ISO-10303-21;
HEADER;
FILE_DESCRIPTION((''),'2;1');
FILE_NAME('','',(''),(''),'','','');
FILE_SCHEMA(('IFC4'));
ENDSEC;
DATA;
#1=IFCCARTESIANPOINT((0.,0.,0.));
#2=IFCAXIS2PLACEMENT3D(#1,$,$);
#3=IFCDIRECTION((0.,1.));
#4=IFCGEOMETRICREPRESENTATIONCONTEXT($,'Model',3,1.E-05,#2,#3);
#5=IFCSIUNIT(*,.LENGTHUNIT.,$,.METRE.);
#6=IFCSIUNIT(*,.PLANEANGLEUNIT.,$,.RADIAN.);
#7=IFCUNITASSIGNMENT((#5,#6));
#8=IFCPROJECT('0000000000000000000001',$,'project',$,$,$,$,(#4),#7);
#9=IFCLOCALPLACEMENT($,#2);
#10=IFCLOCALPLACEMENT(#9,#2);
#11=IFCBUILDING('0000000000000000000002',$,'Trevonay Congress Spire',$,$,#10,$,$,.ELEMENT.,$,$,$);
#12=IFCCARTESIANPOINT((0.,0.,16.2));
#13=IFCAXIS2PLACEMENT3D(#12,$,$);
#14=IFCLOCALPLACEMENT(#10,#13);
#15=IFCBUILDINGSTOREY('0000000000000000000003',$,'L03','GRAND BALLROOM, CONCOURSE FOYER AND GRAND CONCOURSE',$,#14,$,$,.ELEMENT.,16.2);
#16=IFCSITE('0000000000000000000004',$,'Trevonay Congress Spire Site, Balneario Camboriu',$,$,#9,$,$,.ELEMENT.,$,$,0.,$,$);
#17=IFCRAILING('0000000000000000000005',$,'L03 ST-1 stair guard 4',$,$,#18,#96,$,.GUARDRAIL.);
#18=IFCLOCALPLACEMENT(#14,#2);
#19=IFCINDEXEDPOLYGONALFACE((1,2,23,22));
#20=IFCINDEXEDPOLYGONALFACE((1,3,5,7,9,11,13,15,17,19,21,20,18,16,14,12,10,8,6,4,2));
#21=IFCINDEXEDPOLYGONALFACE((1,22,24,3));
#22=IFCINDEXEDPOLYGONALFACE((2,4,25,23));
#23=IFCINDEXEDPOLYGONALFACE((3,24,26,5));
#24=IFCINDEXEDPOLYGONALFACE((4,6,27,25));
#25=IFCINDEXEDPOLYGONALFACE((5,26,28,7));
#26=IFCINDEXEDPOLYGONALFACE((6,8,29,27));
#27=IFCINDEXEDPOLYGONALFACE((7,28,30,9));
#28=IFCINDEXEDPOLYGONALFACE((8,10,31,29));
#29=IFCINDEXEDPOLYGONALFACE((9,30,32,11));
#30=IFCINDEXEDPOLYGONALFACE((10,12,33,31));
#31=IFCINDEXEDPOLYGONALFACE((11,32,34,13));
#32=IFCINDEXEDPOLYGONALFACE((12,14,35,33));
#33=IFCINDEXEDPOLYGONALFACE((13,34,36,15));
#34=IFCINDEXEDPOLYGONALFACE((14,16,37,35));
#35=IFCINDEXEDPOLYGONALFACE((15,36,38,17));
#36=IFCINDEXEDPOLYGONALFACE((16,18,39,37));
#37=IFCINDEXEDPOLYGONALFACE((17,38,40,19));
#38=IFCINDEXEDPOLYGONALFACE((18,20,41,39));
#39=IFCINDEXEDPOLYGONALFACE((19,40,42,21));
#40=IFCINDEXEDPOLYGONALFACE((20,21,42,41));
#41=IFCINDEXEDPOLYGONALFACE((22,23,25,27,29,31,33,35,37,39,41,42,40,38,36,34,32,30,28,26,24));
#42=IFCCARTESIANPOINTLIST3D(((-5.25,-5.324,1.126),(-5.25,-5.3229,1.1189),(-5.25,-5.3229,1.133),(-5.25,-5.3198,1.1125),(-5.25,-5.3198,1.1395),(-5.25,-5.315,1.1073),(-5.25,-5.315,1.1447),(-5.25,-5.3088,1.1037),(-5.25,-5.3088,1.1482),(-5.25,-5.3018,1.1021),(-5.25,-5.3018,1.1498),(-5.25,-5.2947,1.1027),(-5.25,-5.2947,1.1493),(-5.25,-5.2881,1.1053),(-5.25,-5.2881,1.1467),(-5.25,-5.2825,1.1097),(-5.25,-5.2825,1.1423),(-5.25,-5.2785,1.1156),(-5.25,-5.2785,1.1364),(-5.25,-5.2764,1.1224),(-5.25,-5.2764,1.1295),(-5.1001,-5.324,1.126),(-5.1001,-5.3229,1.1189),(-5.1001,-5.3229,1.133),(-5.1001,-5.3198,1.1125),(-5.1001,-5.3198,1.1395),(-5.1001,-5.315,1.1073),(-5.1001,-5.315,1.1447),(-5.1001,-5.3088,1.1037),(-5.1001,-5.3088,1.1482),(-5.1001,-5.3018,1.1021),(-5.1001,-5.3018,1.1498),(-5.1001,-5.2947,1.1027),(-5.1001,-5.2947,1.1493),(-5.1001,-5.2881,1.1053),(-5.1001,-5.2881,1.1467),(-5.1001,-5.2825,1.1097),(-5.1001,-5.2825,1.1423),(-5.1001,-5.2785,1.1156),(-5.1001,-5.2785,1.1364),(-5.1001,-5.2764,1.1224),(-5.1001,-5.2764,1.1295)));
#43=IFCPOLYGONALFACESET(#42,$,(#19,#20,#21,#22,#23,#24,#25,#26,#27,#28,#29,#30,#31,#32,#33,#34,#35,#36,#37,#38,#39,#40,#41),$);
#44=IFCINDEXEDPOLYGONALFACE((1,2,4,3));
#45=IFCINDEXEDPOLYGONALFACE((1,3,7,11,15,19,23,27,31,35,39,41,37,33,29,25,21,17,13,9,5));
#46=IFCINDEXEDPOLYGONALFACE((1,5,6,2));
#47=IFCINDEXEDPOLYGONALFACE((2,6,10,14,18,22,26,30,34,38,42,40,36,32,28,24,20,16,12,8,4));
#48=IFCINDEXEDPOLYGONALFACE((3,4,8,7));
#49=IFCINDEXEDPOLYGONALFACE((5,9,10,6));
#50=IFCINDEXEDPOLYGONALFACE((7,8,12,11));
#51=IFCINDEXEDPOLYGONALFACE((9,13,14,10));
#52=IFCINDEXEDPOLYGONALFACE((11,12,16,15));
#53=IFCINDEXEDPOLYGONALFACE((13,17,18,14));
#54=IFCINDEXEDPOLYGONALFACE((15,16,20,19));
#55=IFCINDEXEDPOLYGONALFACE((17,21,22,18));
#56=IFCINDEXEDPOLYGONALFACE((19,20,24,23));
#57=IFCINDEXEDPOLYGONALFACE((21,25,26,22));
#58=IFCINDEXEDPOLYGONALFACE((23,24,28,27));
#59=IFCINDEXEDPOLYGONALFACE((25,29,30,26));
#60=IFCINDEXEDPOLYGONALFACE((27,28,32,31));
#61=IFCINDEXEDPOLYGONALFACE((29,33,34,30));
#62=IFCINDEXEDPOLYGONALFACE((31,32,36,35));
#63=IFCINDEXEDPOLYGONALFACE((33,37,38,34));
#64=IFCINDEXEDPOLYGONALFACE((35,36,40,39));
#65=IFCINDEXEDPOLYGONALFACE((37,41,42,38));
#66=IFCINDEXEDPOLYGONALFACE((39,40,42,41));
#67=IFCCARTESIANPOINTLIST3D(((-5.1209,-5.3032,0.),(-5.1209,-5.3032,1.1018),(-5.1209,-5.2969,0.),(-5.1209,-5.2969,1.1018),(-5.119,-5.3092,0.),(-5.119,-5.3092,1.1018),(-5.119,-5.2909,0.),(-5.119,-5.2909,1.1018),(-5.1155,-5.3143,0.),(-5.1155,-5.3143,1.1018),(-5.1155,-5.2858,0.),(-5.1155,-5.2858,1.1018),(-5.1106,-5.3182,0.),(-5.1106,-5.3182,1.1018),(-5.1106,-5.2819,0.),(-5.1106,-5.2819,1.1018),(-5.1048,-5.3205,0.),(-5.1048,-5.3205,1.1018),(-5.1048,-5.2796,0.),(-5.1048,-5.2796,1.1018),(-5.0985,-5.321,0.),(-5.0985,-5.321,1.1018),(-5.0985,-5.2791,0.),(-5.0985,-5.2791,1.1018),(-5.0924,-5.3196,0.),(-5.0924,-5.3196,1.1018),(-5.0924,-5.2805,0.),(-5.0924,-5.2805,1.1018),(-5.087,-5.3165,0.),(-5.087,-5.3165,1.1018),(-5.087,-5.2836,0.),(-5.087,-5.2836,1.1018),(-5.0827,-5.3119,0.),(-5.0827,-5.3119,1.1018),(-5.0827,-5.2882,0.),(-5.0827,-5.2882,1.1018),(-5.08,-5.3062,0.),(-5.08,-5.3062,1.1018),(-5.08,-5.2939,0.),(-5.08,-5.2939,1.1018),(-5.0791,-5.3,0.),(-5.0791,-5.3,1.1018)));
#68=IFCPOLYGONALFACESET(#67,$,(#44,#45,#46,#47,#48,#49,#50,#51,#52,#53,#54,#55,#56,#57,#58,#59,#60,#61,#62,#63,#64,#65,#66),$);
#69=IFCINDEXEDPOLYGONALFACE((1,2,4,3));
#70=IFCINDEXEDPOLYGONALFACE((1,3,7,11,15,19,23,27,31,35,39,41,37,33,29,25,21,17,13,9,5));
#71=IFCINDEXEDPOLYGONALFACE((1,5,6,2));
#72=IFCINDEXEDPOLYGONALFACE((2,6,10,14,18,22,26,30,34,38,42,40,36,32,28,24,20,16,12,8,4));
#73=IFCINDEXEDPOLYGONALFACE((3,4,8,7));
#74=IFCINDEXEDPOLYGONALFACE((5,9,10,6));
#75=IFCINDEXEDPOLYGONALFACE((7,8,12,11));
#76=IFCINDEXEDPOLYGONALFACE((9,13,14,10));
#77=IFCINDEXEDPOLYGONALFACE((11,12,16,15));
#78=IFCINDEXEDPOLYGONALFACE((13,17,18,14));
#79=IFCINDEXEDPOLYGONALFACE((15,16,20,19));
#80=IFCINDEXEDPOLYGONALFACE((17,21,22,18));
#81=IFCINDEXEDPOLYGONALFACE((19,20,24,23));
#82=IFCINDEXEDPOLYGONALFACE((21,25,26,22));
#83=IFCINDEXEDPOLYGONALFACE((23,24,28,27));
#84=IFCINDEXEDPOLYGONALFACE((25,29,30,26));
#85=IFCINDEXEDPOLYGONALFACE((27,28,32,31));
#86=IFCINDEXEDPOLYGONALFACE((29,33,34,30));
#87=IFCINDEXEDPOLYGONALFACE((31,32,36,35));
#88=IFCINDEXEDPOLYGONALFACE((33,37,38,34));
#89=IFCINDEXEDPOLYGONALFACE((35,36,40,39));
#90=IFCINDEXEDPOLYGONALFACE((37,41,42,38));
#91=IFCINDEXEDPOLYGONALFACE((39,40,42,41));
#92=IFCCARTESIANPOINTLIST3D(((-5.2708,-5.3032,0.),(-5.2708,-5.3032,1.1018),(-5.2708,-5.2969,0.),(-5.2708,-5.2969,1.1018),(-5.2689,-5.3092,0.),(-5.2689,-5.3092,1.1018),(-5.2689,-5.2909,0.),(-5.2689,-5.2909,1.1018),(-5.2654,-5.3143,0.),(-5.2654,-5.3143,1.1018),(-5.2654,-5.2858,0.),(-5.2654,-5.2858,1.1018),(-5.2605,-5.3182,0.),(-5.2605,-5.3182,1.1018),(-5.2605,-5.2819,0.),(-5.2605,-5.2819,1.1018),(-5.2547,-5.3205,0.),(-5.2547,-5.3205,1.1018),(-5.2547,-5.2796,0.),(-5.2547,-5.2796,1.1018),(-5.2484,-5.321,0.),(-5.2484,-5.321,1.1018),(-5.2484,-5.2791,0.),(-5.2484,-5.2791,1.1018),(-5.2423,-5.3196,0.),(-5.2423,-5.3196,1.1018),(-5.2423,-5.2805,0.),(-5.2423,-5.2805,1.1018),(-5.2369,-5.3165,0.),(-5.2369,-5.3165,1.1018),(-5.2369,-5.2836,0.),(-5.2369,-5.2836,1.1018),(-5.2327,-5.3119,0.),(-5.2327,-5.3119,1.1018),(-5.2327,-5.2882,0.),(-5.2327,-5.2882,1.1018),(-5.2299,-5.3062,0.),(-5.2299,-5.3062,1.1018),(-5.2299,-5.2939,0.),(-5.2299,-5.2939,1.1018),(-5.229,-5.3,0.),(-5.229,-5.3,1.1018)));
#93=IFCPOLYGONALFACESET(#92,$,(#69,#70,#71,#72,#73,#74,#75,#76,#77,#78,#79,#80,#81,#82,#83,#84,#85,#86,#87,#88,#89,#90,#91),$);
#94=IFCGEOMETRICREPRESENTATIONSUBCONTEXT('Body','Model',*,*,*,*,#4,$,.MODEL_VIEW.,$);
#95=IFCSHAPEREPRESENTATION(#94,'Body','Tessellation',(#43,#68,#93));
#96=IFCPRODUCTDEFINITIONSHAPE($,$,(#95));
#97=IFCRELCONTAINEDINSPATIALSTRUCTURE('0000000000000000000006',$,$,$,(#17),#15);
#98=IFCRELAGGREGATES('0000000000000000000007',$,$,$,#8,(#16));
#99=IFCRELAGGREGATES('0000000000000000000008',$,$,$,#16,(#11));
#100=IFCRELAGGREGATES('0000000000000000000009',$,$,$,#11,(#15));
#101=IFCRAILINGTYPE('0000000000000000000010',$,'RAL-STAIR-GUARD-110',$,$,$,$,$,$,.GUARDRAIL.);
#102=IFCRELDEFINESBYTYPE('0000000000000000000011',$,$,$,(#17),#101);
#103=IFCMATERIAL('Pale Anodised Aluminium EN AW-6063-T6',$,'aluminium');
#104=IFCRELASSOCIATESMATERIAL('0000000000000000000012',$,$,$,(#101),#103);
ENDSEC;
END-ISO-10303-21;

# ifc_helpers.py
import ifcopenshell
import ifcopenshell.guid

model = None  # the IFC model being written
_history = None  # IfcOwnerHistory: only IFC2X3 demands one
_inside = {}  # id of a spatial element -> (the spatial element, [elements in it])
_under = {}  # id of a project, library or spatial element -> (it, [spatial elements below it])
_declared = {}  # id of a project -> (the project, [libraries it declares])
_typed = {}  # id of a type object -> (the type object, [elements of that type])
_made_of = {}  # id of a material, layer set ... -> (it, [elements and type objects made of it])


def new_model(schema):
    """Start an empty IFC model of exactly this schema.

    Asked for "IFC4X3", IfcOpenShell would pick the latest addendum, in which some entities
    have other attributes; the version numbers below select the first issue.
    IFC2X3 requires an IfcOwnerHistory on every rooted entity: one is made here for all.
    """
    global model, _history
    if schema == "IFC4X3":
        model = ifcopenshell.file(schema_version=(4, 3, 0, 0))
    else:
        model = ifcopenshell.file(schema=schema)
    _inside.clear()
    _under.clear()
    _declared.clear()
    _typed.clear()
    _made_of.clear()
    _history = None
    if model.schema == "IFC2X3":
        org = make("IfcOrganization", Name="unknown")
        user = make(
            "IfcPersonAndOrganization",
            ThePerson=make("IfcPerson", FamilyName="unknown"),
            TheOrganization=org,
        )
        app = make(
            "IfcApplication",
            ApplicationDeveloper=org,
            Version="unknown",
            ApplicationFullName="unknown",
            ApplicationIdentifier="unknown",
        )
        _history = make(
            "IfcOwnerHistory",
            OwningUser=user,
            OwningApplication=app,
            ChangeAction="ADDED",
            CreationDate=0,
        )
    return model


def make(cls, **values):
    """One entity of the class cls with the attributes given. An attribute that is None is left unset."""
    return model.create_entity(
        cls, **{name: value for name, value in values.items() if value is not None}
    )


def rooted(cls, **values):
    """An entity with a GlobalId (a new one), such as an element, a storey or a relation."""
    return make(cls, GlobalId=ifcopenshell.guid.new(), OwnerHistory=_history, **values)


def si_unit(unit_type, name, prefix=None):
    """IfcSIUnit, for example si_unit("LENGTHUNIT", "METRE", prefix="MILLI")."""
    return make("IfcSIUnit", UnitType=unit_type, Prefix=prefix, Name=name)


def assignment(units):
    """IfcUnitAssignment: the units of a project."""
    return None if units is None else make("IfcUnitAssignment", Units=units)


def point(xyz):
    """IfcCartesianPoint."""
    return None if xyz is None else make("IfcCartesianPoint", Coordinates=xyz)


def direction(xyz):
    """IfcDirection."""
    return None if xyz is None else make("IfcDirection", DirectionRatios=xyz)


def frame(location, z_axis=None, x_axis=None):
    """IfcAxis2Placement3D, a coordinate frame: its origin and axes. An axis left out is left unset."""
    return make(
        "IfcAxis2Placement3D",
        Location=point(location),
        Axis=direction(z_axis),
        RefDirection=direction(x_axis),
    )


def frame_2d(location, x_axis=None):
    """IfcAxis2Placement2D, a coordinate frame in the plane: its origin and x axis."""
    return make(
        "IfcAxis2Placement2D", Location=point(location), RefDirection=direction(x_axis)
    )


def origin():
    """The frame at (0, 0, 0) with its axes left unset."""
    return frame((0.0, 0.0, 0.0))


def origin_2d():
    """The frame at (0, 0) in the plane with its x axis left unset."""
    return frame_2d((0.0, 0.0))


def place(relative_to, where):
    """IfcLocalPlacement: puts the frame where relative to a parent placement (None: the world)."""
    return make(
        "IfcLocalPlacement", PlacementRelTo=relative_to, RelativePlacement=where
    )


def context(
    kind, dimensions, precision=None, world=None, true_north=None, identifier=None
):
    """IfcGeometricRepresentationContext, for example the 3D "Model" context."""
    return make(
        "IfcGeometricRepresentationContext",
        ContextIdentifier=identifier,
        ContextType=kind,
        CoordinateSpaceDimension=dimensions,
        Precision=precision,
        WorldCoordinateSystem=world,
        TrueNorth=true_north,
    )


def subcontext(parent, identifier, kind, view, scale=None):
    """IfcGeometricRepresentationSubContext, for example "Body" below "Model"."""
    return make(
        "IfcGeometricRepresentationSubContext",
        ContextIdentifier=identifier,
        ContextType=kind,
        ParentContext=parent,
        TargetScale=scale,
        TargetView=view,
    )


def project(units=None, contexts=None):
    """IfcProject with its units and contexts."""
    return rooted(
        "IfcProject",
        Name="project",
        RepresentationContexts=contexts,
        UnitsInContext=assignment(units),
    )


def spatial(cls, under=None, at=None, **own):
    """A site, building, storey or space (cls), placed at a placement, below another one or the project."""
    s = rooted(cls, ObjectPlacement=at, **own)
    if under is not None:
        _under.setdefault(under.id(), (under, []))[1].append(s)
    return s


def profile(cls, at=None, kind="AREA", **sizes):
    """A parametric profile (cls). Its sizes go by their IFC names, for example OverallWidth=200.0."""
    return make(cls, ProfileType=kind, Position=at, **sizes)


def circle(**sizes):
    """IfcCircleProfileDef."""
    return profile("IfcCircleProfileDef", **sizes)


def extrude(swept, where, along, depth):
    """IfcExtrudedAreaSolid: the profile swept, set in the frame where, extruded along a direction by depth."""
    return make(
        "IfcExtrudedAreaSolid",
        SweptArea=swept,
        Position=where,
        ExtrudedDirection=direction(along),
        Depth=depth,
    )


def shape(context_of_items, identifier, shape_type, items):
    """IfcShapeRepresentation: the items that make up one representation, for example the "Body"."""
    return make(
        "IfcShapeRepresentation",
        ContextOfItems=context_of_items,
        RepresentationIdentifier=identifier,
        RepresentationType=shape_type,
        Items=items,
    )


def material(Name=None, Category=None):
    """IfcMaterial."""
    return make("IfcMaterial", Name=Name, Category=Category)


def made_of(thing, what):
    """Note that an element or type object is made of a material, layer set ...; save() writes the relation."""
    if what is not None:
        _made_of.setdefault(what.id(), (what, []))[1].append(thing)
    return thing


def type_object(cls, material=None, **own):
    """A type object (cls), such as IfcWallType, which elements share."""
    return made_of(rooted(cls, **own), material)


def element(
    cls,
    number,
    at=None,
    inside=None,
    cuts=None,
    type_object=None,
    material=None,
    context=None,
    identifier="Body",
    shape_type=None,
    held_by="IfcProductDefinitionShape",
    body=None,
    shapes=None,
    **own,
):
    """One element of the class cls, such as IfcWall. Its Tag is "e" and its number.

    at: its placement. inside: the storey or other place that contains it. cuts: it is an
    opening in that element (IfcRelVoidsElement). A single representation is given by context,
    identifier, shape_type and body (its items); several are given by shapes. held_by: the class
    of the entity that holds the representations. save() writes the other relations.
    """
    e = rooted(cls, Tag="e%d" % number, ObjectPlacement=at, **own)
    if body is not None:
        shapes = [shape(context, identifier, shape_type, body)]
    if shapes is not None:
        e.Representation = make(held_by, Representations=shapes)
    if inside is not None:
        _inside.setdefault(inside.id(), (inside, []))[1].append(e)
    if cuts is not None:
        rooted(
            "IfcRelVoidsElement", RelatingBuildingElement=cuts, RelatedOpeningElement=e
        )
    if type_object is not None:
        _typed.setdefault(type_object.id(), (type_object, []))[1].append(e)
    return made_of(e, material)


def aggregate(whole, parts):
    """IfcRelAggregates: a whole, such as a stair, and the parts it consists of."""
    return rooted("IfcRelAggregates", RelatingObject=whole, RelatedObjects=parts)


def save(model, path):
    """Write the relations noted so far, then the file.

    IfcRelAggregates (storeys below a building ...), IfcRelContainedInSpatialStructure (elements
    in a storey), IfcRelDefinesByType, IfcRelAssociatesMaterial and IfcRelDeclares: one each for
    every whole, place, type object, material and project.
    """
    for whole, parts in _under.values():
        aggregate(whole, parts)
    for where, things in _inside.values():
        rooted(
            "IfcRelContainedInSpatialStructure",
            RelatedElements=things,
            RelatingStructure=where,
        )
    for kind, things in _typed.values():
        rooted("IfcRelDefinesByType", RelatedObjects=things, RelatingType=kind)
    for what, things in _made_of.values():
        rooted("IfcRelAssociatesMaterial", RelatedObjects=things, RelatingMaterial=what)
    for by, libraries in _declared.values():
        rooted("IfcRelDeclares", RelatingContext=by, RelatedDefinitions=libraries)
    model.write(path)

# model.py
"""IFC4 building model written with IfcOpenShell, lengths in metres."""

from ifc_helpers import new_model, si_unit, direction, frame, origin, origin_2d, place, context, subcontext, project, spatial, circle, extrude, material, type_object, element, save


model = new_model("IFC4")

# Units and contexts
model_context = context("Model", 3, precision=1e-05, world=origin(), true_north=direction((0.0, 1.0)))
body_context = subcontext(model_context, "Body", "Model", "MODEL_VIEW")
ifc_project = project(units=[si_unit("LENGTHUNIT", "METRE"), si_unit("PLANEANGLEUNIT", "RADIAN")], contexts=[model_context])

# Site, building, storey
site_placement = place(None, origin())
site = spatial("IfcSite", under=ifc_project, at=site_placement, Name="Trevonay Congress Spire Site, Balneario Camboriu", CompositionType="ELEMENT", RefElevation=0.0)
building_placement = place(site_placement, origin())
building = spatial("IfcBuilding", under=site, at=building_placement, Name="Trevonay Congress Spire", CompositionType="ELEMENT")
storey_placement = place(building_placement, frame((0.0, 0.0, 16.2)))
storey = spatial("IfcBuildingStorey", under=building, at=storey_placement, Name="L03", Description="GRAND BALLROOM, CONCOURSE FOYER AND GRAND CONCOURSE", CompositionType="ELEMENT", Elevation=16.2)

# Railing
ifc_material_1 = material(Name="Pale Anodised Aluminium EN AW-6063-T6", Category="aluminium")
railing_type_1 = type_object("IfcRailingType", Name="RAL-STAIR-GUARD-110", PredefinedType="GUARDRAIL", material=ifc_material_1)
railing_1_placement = place(storey_placement, frame((-5.1001, -5.3, 0.0)))
element("IfcRailing", 1, at=railing_1_placement, inside=storey, type_object=railing_type_1, Name="L03 ST-1 stair guard 4", PredefinedType="GUARDRAIL", context=body_context, shape_type="SweptSolid", body=[
    extrude(circle(Radius=0.0239, at=origin_2d()), frame((0.0, 0.0, 1.126), z_axis=(-1.0, 0.0, 0.0), x_axis=(0.0, -1.0, 0.0)), (0.0, 0.0, 1.0), 0.1499),
    extrude(circle(Radius=0.021, at=origin_2d()), origin(), (0.0, 0.0, 1.0), 1.1018),
    extrude(circle(Radius=0.021, at=origin_2d()), frame((-0.1499, 0.0, 0.0)), (0.0, 0.0, 1.0), 1.1018),
])

save(model, "model.ifc")
